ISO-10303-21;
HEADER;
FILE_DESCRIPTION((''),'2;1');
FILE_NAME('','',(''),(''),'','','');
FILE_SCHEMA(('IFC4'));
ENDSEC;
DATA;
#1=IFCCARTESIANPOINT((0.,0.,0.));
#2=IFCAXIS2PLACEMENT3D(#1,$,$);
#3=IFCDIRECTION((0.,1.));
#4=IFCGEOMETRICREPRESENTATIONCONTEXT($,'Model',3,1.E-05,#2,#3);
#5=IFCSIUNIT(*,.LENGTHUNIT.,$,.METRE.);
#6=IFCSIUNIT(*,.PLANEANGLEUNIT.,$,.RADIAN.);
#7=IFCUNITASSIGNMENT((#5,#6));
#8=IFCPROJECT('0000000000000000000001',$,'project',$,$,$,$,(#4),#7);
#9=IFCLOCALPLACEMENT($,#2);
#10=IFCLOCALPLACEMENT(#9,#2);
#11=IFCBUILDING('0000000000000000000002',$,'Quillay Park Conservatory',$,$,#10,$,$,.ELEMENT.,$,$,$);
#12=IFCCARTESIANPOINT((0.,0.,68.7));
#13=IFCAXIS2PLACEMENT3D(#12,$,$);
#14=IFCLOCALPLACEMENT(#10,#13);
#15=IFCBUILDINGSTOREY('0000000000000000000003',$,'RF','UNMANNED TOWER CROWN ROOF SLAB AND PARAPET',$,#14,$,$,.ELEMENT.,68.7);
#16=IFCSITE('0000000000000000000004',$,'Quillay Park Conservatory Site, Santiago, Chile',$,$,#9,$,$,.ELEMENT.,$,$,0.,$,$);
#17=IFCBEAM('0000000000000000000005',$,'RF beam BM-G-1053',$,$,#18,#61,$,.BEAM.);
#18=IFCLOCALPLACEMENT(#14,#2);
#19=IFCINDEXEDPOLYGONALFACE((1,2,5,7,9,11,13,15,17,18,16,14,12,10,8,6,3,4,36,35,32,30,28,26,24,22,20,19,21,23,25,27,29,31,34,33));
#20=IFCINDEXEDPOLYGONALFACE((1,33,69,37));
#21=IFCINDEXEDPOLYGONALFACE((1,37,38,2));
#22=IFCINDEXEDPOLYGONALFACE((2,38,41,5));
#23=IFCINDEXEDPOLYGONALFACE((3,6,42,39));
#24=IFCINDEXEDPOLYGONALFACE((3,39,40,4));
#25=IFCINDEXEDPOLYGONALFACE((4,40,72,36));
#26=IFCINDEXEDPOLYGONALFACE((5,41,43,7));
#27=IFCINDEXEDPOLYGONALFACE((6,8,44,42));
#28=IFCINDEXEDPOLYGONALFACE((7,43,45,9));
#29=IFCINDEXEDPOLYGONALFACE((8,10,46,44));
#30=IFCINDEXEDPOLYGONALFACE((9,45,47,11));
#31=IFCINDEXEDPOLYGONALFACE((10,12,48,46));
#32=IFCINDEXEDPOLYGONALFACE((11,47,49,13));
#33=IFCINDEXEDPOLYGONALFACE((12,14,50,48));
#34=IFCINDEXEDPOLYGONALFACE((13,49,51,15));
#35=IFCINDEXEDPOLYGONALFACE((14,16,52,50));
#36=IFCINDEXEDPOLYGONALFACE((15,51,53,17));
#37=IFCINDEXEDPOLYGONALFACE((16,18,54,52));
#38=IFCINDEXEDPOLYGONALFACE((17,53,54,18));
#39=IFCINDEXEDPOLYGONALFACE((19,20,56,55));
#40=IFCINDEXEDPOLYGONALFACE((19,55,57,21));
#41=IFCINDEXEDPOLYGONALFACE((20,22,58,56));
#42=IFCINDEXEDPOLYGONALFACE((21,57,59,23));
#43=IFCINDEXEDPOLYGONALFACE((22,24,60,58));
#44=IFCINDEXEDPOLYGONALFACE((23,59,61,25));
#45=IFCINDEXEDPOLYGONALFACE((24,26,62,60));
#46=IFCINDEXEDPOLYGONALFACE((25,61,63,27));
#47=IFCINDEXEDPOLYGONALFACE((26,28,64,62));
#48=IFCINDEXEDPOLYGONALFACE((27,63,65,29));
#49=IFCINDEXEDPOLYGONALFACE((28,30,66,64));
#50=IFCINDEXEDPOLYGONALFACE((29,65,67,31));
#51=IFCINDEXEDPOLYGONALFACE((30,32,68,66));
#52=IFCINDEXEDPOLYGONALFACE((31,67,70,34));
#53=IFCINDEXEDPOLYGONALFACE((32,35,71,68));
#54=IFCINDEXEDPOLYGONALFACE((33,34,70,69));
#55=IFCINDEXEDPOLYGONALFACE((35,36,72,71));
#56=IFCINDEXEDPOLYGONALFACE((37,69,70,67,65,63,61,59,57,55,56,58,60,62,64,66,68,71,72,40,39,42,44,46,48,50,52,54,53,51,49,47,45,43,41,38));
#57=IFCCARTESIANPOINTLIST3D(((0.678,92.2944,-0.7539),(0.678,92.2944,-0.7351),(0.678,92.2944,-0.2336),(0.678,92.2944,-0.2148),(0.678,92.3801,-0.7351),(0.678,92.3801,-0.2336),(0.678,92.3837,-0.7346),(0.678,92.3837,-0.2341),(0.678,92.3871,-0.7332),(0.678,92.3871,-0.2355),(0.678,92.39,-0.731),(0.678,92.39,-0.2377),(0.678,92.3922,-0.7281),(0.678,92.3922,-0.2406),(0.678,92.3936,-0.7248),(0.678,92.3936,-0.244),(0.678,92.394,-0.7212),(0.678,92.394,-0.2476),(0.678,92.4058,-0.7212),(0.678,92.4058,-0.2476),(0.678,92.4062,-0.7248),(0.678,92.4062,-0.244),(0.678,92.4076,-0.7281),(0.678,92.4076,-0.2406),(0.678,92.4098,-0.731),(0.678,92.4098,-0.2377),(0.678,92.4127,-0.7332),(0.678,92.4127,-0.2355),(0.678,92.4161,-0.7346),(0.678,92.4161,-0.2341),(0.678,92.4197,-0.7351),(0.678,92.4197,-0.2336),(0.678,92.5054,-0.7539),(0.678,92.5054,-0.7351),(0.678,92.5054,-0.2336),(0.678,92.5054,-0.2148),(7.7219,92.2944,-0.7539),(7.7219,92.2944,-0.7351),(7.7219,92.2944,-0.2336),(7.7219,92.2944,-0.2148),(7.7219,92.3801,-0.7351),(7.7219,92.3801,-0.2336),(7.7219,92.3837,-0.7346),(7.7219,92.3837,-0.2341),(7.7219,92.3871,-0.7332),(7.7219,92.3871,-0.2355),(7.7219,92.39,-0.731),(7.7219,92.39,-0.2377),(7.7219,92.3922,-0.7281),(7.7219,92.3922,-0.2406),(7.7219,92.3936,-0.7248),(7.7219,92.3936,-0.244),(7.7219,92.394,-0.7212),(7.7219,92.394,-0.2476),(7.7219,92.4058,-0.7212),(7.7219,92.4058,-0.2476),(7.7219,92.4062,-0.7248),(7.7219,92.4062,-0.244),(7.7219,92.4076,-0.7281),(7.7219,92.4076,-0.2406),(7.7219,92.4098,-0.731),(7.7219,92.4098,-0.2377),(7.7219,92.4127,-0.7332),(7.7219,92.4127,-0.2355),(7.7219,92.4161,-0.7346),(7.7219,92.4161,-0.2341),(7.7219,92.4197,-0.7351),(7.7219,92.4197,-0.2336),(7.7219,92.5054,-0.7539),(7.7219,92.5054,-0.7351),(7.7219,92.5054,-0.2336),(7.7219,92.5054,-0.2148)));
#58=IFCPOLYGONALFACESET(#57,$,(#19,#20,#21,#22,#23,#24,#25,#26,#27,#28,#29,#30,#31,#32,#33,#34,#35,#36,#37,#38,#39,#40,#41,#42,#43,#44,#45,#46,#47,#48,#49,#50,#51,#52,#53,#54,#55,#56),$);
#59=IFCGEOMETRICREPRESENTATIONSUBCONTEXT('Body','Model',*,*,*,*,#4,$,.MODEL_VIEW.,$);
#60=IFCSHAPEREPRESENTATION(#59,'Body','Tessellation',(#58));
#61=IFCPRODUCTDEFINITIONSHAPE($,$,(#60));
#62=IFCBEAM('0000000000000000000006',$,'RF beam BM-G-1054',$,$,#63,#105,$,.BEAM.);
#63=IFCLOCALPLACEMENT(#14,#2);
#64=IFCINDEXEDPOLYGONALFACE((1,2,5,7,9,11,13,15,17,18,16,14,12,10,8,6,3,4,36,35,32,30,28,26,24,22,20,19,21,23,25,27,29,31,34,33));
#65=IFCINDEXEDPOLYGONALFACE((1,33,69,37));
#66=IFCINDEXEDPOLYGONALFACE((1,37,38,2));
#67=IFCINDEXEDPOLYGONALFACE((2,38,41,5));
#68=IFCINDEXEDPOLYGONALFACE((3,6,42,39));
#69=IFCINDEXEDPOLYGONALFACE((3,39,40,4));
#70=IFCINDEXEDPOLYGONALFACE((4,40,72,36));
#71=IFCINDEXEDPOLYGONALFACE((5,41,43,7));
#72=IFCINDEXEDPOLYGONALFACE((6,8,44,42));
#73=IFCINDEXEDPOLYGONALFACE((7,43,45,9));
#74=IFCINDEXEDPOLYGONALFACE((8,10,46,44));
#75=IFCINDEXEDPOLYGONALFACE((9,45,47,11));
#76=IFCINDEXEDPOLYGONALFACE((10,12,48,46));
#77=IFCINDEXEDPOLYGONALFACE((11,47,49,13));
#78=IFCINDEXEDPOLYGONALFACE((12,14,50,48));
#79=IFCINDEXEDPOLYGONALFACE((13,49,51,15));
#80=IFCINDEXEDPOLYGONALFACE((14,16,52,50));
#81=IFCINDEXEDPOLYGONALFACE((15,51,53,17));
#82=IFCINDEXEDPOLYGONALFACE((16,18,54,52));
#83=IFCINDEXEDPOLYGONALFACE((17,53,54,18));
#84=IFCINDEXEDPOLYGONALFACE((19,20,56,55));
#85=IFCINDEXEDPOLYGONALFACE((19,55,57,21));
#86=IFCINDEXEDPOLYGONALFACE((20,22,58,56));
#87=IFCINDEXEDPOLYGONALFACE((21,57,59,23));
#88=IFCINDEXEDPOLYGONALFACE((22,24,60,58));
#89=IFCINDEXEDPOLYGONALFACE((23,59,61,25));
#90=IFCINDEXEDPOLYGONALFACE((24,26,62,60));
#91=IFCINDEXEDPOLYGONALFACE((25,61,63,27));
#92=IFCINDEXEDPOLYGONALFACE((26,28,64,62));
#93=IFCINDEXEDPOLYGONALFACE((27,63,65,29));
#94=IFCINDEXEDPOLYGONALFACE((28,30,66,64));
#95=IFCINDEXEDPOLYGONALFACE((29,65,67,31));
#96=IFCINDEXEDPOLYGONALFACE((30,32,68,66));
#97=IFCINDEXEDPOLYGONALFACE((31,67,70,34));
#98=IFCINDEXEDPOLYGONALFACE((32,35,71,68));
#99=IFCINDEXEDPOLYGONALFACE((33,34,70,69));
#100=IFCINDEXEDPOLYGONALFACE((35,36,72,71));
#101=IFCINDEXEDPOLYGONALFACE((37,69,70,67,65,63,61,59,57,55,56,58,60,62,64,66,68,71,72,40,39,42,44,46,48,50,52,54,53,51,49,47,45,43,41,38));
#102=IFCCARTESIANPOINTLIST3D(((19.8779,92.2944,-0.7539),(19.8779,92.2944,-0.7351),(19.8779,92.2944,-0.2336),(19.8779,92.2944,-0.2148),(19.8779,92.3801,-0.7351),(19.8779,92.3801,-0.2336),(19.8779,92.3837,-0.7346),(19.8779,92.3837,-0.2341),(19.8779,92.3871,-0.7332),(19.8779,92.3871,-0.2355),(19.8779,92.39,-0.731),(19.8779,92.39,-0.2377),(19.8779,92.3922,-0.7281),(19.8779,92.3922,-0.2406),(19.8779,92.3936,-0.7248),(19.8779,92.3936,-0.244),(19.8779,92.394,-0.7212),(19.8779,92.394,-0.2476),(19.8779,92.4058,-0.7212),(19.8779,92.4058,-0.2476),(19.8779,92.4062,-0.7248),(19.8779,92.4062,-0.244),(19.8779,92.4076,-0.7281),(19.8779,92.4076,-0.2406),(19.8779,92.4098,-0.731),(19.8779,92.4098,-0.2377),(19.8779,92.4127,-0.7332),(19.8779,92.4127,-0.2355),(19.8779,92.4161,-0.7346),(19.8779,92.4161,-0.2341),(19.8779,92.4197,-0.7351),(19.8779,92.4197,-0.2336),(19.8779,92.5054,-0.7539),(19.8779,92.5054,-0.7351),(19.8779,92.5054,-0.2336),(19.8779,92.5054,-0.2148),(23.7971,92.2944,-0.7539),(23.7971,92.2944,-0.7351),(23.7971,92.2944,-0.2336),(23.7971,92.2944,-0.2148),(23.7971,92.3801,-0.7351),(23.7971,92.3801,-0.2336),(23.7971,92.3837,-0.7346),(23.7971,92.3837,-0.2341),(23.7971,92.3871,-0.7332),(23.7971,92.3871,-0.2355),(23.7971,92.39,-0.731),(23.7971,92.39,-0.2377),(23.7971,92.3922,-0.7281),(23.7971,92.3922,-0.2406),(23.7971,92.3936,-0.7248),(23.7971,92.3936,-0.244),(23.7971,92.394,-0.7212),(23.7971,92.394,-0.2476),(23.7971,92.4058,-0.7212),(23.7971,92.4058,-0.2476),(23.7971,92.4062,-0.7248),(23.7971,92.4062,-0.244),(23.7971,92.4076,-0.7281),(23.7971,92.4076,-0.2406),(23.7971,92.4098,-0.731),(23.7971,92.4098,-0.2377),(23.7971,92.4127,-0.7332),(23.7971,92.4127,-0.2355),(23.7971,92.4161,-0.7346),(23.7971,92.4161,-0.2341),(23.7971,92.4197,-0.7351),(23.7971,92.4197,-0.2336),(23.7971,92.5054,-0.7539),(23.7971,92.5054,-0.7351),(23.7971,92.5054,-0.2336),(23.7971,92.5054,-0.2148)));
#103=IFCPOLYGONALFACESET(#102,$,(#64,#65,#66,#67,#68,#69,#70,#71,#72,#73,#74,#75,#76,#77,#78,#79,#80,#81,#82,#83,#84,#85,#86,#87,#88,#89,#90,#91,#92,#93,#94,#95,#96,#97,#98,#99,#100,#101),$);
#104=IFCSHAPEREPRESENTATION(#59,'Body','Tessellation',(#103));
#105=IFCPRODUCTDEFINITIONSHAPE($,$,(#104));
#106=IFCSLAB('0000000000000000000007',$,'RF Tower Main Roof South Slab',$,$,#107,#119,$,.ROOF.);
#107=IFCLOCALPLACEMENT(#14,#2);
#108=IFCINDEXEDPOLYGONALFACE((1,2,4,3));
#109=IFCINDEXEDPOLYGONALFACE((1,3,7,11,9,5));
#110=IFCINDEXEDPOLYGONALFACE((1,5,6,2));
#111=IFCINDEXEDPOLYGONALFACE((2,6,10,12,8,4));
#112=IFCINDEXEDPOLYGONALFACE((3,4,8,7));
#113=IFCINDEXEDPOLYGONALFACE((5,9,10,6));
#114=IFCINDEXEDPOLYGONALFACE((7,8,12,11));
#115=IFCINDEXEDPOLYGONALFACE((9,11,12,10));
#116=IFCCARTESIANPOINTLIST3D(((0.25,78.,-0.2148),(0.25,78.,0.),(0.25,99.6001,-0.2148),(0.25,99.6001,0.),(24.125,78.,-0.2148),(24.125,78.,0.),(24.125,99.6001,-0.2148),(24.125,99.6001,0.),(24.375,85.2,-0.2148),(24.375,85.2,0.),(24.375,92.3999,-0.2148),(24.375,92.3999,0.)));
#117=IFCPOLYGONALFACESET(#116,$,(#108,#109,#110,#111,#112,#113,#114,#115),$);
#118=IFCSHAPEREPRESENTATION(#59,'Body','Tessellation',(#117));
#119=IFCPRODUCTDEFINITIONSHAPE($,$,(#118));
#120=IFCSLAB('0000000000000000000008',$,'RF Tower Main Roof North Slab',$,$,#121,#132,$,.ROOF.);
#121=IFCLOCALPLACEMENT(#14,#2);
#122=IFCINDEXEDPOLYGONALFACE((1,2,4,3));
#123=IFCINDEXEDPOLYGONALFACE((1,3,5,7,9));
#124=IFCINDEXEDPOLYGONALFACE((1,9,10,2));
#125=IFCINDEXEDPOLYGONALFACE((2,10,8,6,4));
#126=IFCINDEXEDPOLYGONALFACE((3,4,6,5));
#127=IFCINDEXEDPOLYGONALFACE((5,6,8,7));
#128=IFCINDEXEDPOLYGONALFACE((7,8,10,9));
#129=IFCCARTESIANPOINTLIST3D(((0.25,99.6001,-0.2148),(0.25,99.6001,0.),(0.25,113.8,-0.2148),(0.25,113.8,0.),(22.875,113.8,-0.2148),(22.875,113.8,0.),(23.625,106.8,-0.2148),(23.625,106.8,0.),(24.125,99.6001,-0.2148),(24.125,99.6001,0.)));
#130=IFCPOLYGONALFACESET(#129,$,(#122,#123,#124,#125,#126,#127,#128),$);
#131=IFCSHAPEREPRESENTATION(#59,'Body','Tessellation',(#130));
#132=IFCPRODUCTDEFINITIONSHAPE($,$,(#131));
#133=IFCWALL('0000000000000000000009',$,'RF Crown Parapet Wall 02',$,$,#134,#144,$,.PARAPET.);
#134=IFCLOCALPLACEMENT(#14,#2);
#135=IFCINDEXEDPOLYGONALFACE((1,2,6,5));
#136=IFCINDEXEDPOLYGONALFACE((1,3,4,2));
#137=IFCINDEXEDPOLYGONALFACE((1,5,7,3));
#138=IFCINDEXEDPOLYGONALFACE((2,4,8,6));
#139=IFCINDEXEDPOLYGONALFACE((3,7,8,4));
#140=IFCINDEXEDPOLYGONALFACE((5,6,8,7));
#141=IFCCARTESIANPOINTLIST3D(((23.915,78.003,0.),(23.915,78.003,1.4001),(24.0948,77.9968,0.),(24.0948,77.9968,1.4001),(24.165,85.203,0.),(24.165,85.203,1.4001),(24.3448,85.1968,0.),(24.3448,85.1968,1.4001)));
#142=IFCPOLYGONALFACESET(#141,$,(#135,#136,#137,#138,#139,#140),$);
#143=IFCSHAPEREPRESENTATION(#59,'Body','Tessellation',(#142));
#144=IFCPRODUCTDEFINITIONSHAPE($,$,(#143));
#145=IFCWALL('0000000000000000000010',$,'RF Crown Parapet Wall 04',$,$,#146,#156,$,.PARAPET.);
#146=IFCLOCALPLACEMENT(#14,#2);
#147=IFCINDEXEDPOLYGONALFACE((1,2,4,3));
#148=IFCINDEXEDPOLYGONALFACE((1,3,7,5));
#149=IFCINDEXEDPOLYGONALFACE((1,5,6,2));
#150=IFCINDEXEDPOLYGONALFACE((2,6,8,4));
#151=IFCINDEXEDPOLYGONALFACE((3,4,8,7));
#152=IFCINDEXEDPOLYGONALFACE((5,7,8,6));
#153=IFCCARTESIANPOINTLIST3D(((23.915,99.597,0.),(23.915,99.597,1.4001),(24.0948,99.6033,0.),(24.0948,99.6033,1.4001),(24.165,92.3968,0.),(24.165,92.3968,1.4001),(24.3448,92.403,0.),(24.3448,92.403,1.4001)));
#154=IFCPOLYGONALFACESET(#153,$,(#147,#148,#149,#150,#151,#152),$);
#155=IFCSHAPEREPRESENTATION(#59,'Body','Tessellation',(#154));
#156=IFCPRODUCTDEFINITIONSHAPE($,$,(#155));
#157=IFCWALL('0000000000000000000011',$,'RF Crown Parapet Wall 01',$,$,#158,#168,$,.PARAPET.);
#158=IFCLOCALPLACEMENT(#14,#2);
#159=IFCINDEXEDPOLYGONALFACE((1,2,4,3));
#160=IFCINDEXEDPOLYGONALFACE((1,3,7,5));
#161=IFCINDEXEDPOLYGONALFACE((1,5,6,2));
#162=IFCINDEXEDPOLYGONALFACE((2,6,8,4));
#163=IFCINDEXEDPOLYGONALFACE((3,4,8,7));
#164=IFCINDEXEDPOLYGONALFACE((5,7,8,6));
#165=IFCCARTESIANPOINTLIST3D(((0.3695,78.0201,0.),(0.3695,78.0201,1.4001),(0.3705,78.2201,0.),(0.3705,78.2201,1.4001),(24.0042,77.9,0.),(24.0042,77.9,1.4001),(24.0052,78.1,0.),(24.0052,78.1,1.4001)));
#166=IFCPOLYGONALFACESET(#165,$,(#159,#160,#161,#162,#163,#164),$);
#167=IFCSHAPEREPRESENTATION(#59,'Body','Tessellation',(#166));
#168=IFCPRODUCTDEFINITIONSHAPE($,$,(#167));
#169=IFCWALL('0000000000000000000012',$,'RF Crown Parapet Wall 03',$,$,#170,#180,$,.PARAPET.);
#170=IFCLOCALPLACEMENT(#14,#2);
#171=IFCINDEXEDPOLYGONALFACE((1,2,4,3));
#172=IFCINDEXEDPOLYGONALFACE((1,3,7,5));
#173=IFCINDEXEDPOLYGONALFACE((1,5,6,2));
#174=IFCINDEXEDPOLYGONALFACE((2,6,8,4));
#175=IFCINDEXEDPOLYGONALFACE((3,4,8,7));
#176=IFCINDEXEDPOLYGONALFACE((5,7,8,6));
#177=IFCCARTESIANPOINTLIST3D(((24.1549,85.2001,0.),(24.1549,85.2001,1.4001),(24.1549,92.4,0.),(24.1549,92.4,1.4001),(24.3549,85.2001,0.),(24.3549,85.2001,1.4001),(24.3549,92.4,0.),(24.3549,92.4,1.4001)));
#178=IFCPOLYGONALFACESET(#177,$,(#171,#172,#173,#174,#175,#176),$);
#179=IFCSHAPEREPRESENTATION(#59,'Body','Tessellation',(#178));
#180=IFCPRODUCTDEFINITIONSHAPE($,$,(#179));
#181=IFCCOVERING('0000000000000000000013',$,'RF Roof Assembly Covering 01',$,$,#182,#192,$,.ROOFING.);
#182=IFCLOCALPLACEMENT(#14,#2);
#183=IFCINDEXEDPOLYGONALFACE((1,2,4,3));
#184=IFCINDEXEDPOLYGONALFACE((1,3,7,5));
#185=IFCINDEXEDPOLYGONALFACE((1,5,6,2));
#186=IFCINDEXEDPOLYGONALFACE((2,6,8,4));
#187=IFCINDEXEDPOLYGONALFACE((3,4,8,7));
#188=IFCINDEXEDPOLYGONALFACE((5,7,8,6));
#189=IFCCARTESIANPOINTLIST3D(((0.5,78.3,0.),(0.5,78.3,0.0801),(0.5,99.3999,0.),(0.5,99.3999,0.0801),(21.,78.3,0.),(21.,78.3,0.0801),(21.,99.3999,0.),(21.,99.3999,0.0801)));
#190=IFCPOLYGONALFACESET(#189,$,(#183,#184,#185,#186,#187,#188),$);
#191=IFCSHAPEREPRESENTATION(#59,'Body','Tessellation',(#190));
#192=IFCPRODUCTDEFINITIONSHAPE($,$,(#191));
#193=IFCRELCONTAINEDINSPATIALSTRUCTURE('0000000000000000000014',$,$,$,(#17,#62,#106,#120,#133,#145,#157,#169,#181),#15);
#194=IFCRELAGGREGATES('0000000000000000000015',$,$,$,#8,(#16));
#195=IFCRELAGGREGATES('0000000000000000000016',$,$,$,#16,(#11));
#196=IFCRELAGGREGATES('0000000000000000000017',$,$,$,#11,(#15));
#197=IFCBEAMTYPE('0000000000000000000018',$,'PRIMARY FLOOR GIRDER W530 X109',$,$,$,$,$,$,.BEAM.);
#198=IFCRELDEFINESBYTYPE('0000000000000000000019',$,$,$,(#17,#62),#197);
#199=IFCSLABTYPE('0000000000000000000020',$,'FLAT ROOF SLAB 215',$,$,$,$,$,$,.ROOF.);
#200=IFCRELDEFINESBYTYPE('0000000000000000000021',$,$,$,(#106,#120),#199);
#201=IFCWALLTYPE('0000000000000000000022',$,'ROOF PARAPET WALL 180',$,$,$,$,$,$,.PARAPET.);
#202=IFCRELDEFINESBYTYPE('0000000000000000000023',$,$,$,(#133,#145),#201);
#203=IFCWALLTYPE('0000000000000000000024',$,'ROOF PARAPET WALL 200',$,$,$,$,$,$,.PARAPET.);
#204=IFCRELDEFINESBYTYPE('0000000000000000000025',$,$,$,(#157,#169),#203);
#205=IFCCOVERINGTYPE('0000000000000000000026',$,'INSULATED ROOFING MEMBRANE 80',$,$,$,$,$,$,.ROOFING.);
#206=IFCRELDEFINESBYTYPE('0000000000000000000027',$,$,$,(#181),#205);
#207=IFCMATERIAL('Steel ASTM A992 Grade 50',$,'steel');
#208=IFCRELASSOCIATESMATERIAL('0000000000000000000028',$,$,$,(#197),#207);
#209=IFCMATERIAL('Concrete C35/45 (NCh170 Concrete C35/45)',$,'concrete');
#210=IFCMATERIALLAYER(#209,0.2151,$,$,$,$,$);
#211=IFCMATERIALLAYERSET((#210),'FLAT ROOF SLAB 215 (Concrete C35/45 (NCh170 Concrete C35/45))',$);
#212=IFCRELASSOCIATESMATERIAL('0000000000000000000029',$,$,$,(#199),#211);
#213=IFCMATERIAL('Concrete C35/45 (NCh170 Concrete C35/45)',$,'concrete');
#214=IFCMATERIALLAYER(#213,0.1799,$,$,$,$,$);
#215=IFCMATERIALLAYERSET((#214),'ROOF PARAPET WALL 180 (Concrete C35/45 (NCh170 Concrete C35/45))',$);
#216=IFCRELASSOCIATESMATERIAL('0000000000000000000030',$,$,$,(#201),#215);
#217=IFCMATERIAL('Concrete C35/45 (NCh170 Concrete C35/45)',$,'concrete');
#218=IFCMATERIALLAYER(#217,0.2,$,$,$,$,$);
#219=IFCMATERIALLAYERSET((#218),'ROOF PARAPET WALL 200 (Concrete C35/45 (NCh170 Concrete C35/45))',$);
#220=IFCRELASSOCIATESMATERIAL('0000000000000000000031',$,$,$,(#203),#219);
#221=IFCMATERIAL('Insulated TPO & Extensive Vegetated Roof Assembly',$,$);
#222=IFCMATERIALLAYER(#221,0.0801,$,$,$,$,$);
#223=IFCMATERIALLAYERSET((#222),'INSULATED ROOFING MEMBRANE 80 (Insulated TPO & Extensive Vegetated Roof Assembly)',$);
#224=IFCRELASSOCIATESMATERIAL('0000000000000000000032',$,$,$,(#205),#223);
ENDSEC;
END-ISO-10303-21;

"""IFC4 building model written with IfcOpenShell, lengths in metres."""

from ifc_helpers import new_model, si_unit, direction, frame, frame_2d, origin, origin_2d, place, context, subcontext, project, spatial, polyline, rectangle, i_section, outline, extrude, material, layer, layer_set, material_profile, profile_set, type_object, element, save


model = new_model("IFC4")

# Units and contexts
model_context = context("Model", 3, precision=1e-05, world=origin(), true_north=direction((0.0, 1.0)))
body_context = subcontext(model_context, "Body", "Model", "MODEL_VIEW")
ifc_project = project(units=[si_unit("LENGTHUNIT", "METRE"), si_unit("PLANEANGLEUNIT", "RADIAN")], contexts=[model_context])

# Site, building, storey
site_placement = place(None, origin())
site = spatial("IfcSite", under=ifc_project, at=site_placement, Name="Quillay Park Conservatory Site, Santiago, Chile", CompositionType="ELEMENT", RefElevation=0.0)
building_placement = place(site_placement, origin())
building = spatial("IfcBuilding", under=site, at=building_placement, Name="Quillay Park Conservatory", CompositionType="ELEMENT")
storey_placement = place(building_placement, frame((0.0, 0.0, 68.7)))
storey = spatial("IfcBuildingStorey", under=building, at=storey_placement, Name="RF", Description="UNMANNED TOWER CROWN ROOF SLAB AND PARAPET", CompositionType="ELEMENT", Elevation=68.7)

# Beams
ifc_material_1 = material(Name="Steel ASTM A992 Grade 50", Category="steel")
ifc_material_profile_1 = material_profile(ifc_material_1, i_section(OverallWidth=0.2109, OverallDepth=0.5391, WebThickness=0.0117, FlangeThickness=0.0188, FilletRadius=0.0139, at=origin_2d()), Name="W530x109")
ifc_profile_set_1 = profile_set([ifc_material_profile_1], Name="Steel ASTM A992 Grade 50")
beam_type_1 = type_object("IfcBeamType", Name="PRIMARY FLOOR GIRDER W530 X109", PredefinedType="BEAM", material=ifc_profile_set_1)
beam_1_placement = place(storey_placement, frame((0.678, 92.3999, -0.4844), z_axis=(1.0, 0.0, 0.0), x_axis=(0.0, 1.0, 0.0)))
element("IfcBeam", 1, at=beam_1_placement, inside=storey, type_object=beam_type_1, Name="RF beam BM-G-1053", PredefinedType="BEAM", context=body_context, shape_type="SweptSolid", body=[
    extrude(i_section(OverallWidth=0.2109, OverallDepth=0.5391, WebThickness=0.0117, FlangeThickness=0.0188, FilletRadius=0.0139, at=origin_2d()), origin(), (0.0, 0.0, 1.0), 7.0439),
])
beam_2_placement = place(storey_placement, frame((19.8779, 92.3999, -0.4844), z_axis=(1.0, 0.0, 0.0), x_axis=(0.0, 1.0, 0.0)))
element("IfcBeam", 2, at=beam_2_placement, inside=storey, type_object=beam_type_1, Name="RF beam BM-G-1054", PredefinedType="BEAM", context=body_context, shape_type="SweptSolid", body=[
    extrude(i_section(OverallWidth=0.2109, OverallDepth=0.5391, WebThickness=0.0117, FlangeThickness=0.0188, FilletRadius=0.0139, at=origin_2d()), origin(), (0.0, 0.0, 1.0), 3.9192),
])

# Slabs
ifc_material_2 = material(Name="Concrete C35/45 (NCh170 Concrete C35/45)", Category="concrete")
ifc_layer_1 = layer(ifc_material_2, 0.2151)
ifc_layer_set_1 = layer_set([ifc_layer_1], Name="FLAT ROOF SLAB 215 (Concrete C35/45 (NCh170 Concrete C35/45))")
slab_type = type_object("IfcSlabType", Name="FLAT ROOF SLAB 215", PredefinedType="ROOF", material=ifc_layer_set_1)
slab_1_placement = place(storey_placement, frame((0.0, 0.0, -0.2148)))
element("IfcSlab", 3, at=slab_1_placement, inside=storey, type_object=slab_type, Name="RF Tower Main Roof South Slab", PredefinedType="ROOF", context=body_context, shape_type="SweptSolid", body=[
    extrude(outline(polyline([(0.25, 78.0), (24.125, 78.0), (24.375, 85.2), (24.375, 92.3999), (24.125, 99.6001), (0.25, 99.6001), (0.25, 78.0)])), origin(), (0.0, 0.0, 1.0), 0.2148),
])
slab_2_placement = place(storey_placement, frame((0.0, 0.0, -0.2148)))
element("IfcSlab", 4, at=slab_2_placement, inside=storey, type_object=slab_type, Name="RF Tower Main Roof North Slab", PredefinedType="ROOF", context=body_context, shape_type="SweptSolid", body=[
    extrude(outline(polyline([(0.25, 99.6001), (24.125, 99.6001), (23.625, 106.8), (22.875, 113.8), (0.25, 113.8), (0.25, 99.6001)])), origin(), (0.0, 0.0, 1.0), 0.2148),
])

# Walls
ifc_material_3 = material(Name="Concrete C35/45 (NCh170 Concrete C35/45)", Category="concrete")
ifc_layer_2 = layer(ifc_material_3, 0.1799)
ifc_layer_set_2 = layer_set([ifc_layer_2], Name="ROOF PARAPET WALL 180 (Concrete C35/45 (NCh170 Concrete C35/45))")
wall_type_1 = type_object("IfcWallType", Name="ROOF PARAPET WALL 180", PredefinedType="PARAPET", material=ifc_layer_set_2)
wall_1_placement = place(storey_placement, frame((24.0049, 78.0, 0.0), z_axis=(0.0, 0.0, 1.0), x_axis=(0.034702, 0.999398, 0.0)))
element("IfcWall", 5, at=wall_1_placement, inside=storey, type_object=wall_type_1, Name="RF Crown Parapet Wall 02", PredefinedType="PARAPET", context=body_context, shape_type="SweptSolid", body=[
    extrude(rectangle(XDim=7.2043, YDim=0.1799, at=frame_2d((3.6021, 0.0))), origin(), (0.0, 0.0, 1.0), 1.4001),
])
wall_2_placement = place(storey_placement, frame((24.2549, 92.3999, 0.0), z_axis=(0.0, 0.0, 1.0), x_axis=(-0.0347, 0.999398, 0.0)))
element("IfcWall", 6, at=wall_2_placement, inside=storey, type_object=wall_type_1, Name="RF Crown Parapet Wall 04", PredefinedType="PARAPET", context=body_context, shape_type="SweptSolid", body=[
    extrude(rectangle(XDim=7.2046, YDim=0.1799, at=frame_2d((3.6023, 0.0))), origin(), (0.0, 0.0, 1.0), 1.4001),
])
ifc_material_4 = material(Name="Concrete C35/45 (NCh170 Concrete C35/45)", Category="concrete")
ifc_layer_3 = layer(ifc_material_4, 0.2)
ifc_layer_set_3 = layer_set([ifc_layer_3], Name="ROOF PARAPET WALL 200 (Concrete C35/45 (NCh170 Concrete C35/45))")
wall_type_2 = type_object("IfcWallType", Name="ROOF PARAPET WALL 200", PredefinedType="PARAPET", material=ifc_layer_set_3)
wall_3_placement = place(storey_placement, frame((0.3701, 78.1201, 0.0), z_axis=(0.0, 0.0, 1.0), x_axis=(0.999987, -0.005082, 0.0)))
element("IfcWall", 7, at=wall_3_placement, inside=storey, type_object=wall_type_2, Name="RF Crown Parapet Wall 01", PredefinedType="PARAPET", context=body_context, shape_type="SweptSolid", body=[
    extrude(rectangle(XDim=23.635, YDim=0.2, at=frame_2d((11.8174, 0.0))), origin(), (0.0, 0.0, 1.0), 1.4001),
])
wall_4_placement = place(storey_placement, frame((24.2549, 85.2, 0.0), z_axis=(0.0, 0.0, 1.0), x_axis=(0.0, 1.0, 0.0)))
element("IfcWall", 8, at=wall_4_placement, inside=storey, type_object=wall_type_2, Name="RF Crown Parapet Wall 03", PredefinedType="PARAPET", context=body_context, shape_type="SweptSolid", body=[
    extrude(rectangle(XDim=7.2, YDim=0.2, at=frame_2d((3.6001, 0.0))), origin(), (0.0, 0.0, 1.0), 1.4001),
])

# Covering
ifc_material_5 = material(Name="Insulated TPO & Extensive Vegetated Roof Assembly")
ifc_layer_4 = layer(ifc_material_5, 0.0801)
ifc_layer_set_4 = layer_set([ifc_layer_4], Name="INSULATED ROOFING MEMBRANE 80 (Insulated TPO & Extensive Vegetated Roof Assembly)")
covering_type = type_object("IfcCoveringType", Name="INSULATED ROOFING MEMBRANE 80", PredefinedType="ROOFING", material=ifc_layer_set_4)
covering_1_placement = place(storey_placement, origin())
element("IfcCovering", 9, at=covering_1_placement, inside=storey, type_object=covering_type, Name="RF Roof Assembly Covering 01", PredefinedType="ROOFING", context=body_context, shape_type="SweptSolid", body=[
    extrude(outline(polyline([(0.5, 78.3), (21.0, 78.3), (21.0, 99.3999), (0.5, 99.3999), (0.5, 78.3)])), origin(), (0.0, 0.0, 1.0), 0.0801),
])

save(model, "model.ifc")
